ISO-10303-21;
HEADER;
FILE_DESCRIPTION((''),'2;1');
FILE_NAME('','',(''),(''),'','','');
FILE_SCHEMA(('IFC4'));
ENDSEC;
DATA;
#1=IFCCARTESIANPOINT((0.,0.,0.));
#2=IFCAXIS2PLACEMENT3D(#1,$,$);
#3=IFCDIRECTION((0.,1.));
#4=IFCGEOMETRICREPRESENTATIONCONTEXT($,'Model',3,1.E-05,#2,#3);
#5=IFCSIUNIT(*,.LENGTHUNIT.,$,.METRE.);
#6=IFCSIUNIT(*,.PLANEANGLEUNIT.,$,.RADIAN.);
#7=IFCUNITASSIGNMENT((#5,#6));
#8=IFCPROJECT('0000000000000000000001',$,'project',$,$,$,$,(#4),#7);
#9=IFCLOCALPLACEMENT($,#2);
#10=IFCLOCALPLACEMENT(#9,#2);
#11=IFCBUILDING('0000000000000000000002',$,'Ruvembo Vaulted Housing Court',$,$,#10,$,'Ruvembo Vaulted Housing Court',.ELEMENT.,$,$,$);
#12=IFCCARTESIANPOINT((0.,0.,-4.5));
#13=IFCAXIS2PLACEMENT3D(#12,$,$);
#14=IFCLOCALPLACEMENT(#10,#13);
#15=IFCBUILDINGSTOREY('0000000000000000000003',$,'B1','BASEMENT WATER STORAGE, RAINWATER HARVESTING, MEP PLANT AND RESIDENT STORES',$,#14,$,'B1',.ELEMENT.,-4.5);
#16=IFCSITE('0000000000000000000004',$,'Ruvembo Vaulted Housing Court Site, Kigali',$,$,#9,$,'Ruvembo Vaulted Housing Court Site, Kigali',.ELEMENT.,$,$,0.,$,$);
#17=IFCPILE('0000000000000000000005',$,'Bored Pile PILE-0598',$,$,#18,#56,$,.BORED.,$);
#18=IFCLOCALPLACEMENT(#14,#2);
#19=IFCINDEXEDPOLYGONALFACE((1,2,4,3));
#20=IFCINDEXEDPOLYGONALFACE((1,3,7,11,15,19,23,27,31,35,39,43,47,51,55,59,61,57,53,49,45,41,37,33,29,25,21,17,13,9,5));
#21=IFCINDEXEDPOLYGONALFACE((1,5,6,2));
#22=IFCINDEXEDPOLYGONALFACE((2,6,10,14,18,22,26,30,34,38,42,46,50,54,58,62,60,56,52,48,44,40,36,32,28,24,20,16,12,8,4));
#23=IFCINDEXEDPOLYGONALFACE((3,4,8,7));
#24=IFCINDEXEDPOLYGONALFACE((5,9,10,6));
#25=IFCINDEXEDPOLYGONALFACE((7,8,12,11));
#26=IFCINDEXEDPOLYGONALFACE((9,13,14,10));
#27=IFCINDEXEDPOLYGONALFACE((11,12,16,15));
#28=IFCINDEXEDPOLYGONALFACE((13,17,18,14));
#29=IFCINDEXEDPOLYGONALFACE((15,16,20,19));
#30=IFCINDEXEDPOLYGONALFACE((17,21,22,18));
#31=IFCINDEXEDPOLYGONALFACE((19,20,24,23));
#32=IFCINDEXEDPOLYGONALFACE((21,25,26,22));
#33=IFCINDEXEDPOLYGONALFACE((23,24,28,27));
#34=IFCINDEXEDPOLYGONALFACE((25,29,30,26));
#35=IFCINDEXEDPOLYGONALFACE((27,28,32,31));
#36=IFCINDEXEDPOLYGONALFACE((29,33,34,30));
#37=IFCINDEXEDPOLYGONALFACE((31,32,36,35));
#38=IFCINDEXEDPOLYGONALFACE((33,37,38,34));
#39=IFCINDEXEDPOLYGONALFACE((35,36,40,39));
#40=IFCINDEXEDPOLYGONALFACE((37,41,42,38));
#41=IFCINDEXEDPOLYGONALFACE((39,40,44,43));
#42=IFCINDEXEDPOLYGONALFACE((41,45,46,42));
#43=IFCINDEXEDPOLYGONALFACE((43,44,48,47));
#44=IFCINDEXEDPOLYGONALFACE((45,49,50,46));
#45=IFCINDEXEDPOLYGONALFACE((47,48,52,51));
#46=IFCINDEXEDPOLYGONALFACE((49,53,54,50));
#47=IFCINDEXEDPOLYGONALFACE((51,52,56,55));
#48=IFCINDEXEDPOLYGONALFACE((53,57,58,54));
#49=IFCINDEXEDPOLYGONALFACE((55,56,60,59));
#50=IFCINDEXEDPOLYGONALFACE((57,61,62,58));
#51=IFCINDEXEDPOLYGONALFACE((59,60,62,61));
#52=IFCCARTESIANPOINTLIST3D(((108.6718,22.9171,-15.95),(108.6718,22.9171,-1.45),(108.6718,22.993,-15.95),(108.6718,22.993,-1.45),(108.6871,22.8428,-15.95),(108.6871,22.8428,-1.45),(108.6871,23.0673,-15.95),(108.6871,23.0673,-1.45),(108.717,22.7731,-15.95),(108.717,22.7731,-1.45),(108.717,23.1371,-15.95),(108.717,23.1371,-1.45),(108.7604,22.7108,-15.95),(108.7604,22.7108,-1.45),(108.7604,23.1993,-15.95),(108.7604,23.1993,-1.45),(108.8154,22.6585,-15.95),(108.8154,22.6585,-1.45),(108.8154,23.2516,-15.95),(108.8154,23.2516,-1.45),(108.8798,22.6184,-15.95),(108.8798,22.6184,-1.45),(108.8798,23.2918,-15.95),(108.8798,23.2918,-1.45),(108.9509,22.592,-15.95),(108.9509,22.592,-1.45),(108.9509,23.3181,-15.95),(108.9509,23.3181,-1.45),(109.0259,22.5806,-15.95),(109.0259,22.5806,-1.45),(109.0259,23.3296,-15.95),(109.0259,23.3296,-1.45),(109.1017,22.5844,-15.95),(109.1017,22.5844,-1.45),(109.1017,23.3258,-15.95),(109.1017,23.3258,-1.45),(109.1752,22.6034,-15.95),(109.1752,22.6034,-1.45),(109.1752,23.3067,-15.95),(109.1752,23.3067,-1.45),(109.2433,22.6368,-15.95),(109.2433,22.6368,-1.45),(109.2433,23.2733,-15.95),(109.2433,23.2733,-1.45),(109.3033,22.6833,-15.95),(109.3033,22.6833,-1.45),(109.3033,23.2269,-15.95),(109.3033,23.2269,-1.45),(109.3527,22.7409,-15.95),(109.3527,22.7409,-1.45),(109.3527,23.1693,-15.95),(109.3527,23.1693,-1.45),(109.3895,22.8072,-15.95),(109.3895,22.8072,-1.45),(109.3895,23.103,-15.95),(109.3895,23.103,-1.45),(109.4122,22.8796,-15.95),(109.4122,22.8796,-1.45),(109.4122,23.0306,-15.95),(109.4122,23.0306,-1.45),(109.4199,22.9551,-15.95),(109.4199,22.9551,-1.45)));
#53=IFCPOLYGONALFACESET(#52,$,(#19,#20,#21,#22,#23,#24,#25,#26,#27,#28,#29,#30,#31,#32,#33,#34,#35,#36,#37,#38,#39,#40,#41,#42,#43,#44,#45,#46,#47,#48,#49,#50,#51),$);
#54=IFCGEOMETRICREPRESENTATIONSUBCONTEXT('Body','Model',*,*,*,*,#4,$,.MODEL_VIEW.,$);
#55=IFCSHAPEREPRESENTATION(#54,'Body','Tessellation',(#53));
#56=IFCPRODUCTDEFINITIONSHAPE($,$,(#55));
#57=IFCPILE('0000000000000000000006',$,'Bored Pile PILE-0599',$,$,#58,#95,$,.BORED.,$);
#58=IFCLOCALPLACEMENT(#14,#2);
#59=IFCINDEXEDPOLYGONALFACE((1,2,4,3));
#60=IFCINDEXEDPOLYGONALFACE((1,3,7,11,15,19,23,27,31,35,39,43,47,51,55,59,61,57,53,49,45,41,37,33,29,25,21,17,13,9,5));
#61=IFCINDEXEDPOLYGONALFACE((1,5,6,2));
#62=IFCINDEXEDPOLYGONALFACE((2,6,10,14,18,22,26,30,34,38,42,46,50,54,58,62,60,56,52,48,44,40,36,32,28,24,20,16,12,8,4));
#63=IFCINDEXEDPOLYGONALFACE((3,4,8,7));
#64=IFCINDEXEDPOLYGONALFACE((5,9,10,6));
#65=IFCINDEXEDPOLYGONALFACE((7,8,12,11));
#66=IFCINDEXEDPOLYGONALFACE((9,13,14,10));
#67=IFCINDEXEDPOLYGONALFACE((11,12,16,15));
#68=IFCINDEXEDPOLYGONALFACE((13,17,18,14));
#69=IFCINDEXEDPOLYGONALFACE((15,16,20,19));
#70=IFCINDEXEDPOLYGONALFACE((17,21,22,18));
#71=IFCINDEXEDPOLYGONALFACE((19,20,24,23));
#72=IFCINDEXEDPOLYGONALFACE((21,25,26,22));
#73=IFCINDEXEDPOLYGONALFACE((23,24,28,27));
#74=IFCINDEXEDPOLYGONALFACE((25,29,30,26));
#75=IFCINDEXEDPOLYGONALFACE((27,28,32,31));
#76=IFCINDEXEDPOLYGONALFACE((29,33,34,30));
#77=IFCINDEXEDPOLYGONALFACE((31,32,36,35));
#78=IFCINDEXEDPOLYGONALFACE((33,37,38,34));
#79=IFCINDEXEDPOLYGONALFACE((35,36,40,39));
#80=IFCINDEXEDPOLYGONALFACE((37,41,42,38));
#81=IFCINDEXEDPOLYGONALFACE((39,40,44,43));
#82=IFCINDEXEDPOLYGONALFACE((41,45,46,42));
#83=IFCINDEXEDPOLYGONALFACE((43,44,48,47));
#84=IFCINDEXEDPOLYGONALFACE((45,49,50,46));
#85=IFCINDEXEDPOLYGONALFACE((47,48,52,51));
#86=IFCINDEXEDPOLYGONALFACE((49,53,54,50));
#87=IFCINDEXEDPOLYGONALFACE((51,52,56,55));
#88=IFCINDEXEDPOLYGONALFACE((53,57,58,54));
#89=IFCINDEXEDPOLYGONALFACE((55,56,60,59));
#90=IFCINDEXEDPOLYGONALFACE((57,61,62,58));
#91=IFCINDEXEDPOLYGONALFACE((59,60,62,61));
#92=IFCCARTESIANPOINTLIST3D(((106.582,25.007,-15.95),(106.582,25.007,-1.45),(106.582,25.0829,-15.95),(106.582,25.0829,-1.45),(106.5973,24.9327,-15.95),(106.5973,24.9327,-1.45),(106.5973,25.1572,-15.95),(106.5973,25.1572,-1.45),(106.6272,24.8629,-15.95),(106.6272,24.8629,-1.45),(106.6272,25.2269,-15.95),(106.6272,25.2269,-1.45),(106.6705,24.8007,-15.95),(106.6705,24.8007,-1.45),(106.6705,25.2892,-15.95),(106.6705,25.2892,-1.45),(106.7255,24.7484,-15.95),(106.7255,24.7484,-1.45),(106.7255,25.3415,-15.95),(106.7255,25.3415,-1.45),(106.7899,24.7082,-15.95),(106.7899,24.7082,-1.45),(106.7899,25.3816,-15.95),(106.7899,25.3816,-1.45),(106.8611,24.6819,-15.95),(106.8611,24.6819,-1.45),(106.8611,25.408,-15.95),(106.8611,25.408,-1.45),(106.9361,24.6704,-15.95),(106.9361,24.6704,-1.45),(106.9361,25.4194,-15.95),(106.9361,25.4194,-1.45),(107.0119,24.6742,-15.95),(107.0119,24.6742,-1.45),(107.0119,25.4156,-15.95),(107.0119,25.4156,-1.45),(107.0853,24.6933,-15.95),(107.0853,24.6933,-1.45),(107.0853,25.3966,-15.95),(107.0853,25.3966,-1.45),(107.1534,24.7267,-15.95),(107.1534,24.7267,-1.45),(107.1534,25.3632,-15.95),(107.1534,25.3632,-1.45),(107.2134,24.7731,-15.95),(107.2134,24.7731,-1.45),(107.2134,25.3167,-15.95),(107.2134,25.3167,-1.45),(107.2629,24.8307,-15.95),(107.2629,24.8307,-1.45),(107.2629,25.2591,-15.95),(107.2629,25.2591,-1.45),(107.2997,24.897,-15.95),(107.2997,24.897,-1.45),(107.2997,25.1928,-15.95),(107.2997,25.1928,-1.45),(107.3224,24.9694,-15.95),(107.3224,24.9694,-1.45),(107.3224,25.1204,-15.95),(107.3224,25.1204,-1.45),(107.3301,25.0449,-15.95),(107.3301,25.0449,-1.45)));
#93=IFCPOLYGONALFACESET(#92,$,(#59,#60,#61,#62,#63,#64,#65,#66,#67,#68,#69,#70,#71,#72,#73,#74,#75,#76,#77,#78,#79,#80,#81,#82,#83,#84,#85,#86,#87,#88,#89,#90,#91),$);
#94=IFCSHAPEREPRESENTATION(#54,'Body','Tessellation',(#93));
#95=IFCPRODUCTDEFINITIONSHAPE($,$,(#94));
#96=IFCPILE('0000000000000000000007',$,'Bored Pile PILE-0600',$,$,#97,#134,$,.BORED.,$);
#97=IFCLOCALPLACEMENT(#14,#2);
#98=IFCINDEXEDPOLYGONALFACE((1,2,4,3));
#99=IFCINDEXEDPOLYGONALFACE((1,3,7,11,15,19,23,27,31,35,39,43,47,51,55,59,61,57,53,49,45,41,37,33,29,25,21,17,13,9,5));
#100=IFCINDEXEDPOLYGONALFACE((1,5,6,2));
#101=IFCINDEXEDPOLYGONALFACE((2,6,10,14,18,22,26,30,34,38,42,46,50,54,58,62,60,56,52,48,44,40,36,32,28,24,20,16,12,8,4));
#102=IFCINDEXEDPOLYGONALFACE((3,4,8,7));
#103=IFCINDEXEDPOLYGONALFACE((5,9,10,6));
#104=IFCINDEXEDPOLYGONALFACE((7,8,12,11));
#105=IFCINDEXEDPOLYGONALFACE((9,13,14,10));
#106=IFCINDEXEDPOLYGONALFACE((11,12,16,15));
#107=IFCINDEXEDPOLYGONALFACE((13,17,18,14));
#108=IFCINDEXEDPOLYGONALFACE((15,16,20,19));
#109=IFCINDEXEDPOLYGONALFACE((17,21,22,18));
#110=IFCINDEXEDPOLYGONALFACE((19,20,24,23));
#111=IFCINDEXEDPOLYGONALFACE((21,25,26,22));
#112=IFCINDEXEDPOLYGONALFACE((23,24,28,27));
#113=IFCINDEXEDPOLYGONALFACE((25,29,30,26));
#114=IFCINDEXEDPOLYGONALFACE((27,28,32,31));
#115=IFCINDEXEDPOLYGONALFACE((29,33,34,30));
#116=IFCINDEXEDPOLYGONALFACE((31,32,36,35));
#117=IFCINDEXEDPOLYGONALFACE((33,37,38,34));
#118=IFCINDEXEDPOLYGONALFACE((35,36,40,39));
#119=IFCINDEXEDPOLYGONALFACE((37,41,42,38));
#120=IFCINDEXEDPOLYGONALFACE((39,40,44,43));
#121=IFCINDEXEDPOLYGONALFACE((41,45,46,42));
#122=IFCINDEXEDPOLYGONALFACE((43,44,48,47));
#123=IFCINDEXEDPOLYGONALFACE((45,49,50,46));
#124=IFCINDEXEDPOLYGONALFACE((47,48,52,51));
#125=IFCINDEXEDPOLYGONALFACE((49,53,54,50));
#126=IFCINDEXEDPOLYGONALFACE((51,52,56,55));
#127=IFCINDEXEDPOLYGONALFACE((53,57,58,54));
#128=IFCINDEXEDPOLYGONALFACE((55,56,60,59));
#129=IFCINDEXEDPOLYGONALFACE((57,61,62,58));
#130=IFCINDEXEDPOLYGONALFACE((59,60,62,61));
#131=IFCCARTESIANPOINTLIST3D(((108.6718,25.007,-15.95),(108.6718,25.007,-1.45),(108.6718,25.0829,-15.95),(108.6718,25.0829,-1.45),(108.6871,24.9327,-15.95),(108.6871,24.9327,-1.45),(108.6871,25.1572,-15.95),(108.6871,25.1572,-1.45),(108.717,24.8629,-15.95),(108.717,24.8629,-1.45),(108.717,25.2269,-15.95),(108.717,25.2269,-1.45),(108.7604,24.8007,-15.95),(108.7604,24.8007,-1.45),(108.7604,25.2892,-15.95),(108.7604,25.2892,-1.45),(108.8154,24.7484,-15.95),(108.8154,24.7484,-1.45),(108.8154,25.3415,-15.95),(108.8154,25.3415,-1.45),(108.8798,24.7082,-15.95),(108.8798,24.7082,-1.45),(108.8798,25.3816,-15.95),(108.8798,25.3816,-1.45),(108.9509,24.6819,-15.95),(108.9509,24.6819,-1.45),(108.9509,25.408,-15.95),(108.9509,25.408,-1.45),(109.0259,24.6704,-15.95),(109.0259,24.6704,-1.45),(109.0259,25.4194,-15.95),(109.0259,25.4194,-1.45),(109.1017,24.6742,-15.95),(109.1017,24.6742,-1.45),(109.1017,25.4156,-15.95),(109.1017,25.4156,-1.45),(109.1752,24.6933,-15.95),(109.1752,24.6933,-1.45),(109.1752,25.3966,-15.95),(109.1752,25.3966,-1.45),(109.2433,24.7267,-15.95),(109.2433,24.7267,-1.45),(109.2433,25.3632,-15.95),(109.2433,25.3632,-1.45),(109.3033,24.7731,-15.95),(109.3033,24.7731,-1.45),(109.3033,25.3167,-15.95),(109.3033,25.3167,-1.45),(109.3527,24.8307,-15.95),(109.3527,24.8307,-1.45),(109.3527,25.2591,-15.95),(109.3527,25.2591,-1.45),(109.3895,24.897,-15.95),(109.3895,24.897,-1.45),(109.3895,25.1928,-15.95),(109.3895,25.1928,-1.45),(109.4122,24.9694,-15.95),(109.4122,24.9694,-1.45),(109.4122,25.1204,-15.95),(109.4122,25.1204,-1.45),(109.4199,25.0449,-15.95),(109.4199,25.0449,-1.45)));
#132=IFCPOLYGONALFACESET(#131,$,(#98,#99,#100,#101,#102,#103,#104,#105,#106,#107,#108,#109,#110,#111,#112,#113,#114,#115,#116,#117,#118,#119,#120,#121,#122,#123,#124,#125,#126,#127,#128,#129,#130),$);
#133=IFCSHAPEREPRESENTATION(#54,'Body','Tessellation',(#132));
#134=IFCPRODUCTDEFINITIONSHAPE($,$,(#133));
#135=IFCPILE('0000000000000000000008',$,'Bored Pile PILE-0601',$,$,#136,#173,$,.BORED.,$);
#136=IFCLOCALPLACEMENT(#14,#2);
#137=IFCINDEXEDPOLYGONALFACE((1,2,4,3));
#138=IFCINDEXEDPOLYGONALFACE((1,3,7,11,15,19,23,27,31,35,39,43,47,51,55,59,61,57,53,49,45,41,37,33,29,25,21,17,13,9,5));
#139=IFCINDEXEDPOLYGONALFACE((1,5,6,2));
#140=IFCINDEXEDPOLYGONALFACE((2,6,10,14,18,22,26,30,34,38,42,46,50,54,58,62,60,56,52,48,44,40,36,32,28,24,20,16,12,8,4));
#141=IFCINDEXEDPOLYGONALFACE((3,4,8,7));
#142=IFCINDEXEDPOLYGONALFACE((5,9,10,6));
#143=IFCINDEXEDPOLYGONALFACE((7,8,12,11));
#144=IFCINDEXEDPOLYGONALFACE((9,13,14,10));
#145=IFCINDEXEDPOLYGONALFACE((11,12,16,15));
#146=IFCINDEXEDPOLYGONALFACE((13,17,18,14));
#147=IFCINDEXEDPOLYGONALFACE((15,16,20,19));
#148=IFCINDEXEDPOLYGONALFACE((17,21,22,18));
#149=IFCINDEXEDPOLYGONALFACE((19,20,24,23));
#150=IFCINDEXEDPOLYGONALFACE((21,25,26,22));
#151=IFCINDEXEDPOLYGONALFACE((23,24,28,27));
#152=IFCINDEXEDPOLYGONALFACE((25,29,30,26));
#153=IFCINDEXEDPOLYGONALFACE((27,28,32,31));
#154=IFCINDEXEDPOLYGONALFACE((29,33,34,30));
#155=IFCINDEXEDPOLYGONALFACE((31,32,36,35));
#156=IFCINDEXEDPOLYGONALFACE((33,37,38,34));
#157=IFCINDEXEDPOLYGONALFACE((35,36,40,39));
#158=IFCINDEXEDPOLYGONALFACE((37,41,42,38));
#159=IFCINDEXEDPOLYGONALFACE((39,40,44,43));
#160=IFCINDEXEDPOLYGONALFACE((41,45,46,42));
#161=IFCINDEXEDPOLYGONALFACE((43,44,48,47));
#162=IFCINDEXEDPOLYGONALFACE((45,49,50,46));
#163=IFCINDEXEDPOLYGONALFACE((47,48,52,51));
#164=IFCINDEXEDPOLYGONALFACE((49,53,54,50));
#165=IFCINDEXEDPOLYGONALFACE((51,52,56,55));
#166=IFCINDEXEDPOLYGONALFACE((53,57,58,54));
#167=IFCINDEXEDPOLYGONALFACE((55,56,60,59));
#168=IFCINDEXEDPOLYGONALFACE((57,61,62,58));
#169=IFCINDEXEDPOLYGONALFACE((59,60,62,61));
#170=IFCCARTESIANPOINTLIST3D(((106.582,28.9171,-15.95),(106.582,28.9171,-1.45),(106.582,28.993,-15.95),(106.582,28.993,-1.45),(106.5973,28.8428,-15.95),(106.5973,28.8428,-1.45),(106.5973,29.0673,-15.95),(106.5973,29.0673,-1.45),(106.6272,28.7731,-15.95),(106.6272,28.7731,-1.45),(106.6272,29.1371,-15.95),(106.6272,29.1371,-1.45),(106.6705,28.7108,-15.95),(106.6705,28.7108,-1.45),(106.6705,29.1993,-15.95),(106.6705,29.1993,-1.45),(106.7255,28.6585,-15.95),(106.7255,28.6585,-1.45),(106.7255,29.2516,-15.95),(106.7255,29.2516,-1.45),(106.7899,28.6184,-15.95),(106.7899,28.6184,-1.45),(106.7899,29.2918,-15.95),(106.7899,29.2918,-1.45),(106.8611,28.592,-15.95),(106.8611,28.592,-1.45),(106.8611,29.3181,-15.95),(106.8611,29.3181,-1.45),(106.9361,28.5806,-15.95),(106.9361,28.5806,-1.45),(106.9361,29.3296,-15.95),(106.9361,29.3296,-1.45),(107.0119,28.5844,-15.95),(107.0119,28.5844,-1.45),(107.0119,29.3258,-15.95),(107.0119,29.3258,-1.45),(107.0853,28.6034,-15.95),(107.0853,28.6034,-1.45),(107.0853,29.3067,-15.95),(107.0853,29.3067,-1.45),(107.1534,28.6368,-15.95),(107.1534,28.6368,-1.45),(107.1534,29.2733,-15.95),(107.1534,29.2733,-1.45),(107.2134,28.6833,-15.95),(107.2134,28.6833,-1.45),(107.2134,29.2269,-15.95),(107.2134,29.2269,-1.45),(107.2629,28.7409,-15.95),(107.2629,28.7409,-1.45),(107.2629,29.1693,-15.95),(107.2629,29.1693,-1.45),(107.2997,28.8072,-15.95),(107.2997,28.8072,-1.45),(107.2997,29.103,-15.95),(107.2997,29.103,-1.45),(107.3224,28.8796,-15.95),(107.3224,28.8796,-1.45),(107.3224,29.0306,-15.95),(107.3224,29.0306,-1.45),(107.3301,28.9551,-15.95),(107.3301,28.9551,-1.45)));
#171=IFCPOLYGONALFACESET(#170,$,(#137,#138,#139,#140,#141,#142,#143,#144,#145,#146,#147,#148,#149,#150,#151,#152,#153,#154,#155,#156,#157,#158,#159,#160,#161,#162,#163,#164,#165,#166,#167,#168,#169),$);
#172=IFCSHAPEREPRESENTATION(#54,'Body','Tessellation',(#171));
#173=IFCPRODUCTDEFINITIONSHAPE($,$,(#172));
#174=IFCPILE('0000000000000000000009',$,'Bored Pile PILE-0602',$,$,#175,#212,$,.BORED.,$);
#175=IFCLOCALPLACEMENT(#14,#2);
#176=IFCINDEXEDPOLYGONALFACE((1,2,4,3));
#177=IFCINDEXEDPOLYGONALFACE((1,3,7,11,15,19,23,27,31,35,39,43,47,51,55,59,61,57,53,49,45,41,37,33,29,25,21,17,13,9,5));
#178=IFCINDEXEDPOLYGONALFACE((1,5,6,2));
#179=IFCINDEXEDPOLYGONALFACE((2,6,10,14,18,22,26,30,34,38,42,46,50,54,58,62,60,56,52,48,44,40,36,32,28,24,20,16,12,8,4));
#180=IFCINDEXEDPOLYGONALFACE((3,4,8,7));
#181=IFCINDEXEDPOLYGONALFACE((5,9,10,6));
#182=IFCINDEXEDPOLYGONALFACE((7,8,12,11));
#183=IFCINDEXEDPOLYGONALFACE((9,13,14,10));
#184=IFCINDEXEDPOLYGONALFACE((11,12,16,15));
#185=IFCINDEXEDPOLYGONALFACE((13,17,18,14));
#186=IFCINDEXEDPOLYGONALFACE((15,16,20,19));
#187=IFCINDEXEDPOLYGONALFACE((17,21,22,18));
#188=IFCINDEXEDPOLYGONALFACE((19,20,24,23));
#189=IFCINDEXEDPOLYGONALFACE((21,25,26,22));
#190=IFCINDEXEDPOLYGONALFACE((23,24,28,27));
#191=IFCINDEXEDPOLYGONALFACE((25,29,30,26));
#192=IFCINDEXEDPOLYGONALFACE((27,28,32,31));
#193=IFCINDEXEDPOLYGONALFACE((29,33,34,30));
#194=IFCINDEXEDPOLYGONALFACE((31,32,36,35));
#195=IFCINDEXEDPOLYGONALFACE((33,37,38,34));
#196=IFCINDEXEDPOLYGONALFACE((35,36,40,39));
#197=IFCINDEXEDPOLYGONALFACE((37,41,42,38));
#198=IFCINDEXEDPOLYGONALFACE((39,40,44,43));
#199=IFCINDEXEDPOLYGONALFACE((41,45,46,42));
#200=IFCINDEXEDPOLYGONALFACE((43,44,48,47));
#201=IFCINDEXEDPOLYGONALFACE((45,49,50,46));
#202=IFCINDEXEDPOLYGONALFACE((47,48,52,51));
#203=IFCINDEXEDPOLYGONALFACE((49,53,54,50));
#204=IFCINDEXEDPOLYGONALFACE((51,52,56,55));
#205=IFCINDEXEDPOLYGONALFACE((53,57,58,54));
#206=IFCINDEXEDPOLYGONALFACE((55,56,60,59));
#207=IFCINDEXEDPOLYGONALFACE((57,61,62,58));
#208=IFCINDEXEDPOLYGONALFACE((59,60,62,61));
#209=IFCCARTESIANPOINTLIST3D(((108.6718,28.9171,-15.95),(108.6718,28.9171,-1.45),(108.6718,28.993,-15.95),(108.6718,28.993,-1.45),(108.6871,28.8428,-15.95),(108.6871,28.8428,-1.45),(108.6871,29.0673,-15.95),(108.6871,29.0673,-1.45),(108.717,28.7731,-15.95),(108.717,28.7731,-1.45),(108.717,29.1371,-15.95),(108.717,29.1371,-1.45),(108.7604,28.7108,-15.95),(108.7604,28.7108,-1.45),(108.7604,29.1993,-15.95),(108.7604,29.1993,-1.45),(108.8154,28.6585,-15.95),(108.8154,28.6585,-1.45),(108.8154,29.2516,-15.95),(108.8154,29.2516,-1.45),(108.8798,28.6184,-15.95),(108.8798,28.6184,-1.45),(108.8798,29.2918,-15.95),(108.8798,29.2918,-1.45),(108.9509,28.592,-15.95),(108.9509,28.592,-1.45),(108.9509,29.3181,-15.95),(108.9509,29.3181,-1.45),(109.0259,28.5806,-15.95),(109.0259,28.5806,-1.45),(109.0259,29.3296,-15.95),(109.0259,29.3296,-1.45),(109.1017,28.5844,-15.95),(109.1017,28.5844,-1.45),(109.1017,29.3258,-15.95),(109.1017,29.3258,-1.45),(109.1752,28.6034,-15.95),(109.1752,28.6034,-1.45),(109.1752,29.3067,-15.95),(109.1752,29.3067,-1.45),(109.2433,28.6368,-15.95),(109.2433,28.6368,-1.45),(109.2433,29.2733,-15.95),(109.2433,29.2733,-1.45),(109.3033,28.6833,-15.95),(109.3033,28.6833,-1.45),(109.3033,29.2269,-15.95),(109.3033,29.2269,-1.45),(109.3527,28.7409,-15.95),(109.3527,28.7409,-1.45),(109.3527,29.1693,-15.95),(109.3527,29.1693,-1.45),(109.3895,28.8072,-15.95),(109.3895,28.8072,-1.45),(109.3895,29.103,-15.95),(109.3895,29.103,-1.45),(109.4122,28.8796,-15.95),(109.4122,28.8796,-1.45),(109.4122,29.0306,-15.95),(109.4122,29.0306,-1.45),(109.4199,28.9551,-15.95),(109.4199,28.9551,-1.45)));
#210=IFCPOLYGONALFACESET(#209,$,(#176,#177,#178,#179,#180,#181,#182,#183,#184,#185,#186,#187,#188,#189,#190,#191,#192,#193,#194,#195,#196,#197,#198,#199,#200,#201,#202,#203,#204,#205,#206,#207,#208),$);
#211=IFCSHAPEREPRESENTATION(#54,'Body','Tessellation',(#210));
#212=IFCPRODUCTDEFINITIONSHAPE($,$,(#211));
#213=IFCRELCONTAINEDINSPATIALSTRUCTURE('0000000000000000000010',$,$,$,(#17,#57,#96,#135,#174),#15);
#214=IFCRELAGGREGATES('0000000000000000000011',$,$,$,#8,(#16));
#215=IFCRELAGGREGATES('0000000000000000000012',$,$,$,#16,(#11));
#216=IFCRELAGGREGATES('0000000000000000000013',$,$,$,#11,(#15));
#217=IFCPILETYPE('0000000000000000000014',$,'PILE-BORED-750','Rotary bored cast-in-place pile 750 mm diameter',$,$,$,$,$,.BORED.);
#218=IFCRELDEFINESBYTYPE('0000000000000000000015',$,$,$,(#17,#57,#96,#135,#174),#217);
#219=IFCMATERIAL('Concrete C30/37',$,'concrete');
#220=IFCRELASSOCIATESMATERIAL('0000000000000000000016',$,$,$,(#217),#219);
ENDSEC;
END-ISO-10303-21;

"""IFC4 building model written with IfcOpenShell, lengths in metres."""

from ifc_helpers import new_model, si_unit, direction, frame, origin, origin_2d, place, context, subcontext, project, spatial, circle, extrude, material, material_profile, profile_set, type_object, element, save


model = new_model("IFC4")

# Units and contexts
model_context = context("Model", 3, precision=1e-05, world=origin(), true_north=direction((0.0, 1.0)))
body_context = subcontext(model_context, "Body", "Model", "MODEL_VIEW")
ifc_project = project(units=[si_unit("LENGTHUNIT", "METRE"), si_unit("PLANEANGLEUNIT", "RADIAN")], contexts=[model_context])

# Site, building, storey
site_placement = place(None, origin())
site = spatial("IfcSite", under=ifc_project, at=site_placement, Name="Ruvembo Vaulted Housing Court Site, Kigali", LongName="Ruvembo Vaulted Housing Court Site, Kigali", CompositionType="ELEMENT", RefElevation=0.0)
building_placement = place(site_placement, origin())
building = spatial("IfcBuilding", under=site, at=building_placement, Name="Ruvembo Vaulted Housing Court", LongName="Ruvembo Vaulted Housing Court", CompositionType="ELEMENT")
storey_placement = place(building_placement, frame((0.0, 0.0, -4.5)))
storey = spatial("IfcBuildingStorey", under=building, at=storey_placement, Name="B1", Description="BASEMENT WATER STORAGE, RAINWATER HARVESTING, MEP PLANT AND RESIDENT STORES", LongName="B1", CompositionType="ELEMENT", Elevation=-4.5)

# Piles
ifc_material_1 = material(Name="Concrete C30/37", Category="concrete")
ifc_material_profile_1 = material_profile(ifc_material_1, circle(Radius=0.375, at=origin_2d()), Name="PILE D750")
ifc_profile_set_1 = profile_set([ifc_material_profile_1], Name="Concrete C30/37")
pile_type_1 = type_object("IfcPileType", Name="PILE-BORED-750", Description="Rotary bored cast-in-place pile 750 mm diameter", PredefinedType="BORED", material=ifc_profile_set_1)
for number, where, z_axis, x_axis, name in (
    (1, (109.0449, 22.9551, -1.45), (0.0, 0.0, -1.0), (1.0, 0.0, 0.0), "Bored Pile PILE-0598"),
    (2, (106.9551, 25.0449, -1.45), (0.0, 0.0, -1.0), (1.0, 0.0, 0.0), "Bored Pile PILE-0599"),
    (3, (109.0449, 25.0449, -1.45), (0.0, 0.0, -1.0), (1.0, 0.0, 0.0), "Bored Pile PILE-0600"),
    (4, (106.9551, 28.9551, -1.45), (0.0, 0.0, -1.0), (1.0, 0.0, 0.0), "Bored Pile PILE-0601"),
    (5, (109.0449, 28.9551, -1.45), (0.0, 0.0, -1.0), (1.0, 0.0, 0.0), "Bored Pile PILE-0602"),
):
    element("IfcPile", number, at=place(storey_placement, frame(where, z_axis=z_axis, x_axis=x_axis)), inside=storey, type_object=pile_type_1, Name=name, PredefinedType="BORED", context=body_context, shape_type="SweptSolid", body=[
        extrude(circle(Radius=0.375, at=origin_2d()), origin(), (0.0, 0.0, 1.0), 14.5),
    ])

save(model, "model.ifc")
